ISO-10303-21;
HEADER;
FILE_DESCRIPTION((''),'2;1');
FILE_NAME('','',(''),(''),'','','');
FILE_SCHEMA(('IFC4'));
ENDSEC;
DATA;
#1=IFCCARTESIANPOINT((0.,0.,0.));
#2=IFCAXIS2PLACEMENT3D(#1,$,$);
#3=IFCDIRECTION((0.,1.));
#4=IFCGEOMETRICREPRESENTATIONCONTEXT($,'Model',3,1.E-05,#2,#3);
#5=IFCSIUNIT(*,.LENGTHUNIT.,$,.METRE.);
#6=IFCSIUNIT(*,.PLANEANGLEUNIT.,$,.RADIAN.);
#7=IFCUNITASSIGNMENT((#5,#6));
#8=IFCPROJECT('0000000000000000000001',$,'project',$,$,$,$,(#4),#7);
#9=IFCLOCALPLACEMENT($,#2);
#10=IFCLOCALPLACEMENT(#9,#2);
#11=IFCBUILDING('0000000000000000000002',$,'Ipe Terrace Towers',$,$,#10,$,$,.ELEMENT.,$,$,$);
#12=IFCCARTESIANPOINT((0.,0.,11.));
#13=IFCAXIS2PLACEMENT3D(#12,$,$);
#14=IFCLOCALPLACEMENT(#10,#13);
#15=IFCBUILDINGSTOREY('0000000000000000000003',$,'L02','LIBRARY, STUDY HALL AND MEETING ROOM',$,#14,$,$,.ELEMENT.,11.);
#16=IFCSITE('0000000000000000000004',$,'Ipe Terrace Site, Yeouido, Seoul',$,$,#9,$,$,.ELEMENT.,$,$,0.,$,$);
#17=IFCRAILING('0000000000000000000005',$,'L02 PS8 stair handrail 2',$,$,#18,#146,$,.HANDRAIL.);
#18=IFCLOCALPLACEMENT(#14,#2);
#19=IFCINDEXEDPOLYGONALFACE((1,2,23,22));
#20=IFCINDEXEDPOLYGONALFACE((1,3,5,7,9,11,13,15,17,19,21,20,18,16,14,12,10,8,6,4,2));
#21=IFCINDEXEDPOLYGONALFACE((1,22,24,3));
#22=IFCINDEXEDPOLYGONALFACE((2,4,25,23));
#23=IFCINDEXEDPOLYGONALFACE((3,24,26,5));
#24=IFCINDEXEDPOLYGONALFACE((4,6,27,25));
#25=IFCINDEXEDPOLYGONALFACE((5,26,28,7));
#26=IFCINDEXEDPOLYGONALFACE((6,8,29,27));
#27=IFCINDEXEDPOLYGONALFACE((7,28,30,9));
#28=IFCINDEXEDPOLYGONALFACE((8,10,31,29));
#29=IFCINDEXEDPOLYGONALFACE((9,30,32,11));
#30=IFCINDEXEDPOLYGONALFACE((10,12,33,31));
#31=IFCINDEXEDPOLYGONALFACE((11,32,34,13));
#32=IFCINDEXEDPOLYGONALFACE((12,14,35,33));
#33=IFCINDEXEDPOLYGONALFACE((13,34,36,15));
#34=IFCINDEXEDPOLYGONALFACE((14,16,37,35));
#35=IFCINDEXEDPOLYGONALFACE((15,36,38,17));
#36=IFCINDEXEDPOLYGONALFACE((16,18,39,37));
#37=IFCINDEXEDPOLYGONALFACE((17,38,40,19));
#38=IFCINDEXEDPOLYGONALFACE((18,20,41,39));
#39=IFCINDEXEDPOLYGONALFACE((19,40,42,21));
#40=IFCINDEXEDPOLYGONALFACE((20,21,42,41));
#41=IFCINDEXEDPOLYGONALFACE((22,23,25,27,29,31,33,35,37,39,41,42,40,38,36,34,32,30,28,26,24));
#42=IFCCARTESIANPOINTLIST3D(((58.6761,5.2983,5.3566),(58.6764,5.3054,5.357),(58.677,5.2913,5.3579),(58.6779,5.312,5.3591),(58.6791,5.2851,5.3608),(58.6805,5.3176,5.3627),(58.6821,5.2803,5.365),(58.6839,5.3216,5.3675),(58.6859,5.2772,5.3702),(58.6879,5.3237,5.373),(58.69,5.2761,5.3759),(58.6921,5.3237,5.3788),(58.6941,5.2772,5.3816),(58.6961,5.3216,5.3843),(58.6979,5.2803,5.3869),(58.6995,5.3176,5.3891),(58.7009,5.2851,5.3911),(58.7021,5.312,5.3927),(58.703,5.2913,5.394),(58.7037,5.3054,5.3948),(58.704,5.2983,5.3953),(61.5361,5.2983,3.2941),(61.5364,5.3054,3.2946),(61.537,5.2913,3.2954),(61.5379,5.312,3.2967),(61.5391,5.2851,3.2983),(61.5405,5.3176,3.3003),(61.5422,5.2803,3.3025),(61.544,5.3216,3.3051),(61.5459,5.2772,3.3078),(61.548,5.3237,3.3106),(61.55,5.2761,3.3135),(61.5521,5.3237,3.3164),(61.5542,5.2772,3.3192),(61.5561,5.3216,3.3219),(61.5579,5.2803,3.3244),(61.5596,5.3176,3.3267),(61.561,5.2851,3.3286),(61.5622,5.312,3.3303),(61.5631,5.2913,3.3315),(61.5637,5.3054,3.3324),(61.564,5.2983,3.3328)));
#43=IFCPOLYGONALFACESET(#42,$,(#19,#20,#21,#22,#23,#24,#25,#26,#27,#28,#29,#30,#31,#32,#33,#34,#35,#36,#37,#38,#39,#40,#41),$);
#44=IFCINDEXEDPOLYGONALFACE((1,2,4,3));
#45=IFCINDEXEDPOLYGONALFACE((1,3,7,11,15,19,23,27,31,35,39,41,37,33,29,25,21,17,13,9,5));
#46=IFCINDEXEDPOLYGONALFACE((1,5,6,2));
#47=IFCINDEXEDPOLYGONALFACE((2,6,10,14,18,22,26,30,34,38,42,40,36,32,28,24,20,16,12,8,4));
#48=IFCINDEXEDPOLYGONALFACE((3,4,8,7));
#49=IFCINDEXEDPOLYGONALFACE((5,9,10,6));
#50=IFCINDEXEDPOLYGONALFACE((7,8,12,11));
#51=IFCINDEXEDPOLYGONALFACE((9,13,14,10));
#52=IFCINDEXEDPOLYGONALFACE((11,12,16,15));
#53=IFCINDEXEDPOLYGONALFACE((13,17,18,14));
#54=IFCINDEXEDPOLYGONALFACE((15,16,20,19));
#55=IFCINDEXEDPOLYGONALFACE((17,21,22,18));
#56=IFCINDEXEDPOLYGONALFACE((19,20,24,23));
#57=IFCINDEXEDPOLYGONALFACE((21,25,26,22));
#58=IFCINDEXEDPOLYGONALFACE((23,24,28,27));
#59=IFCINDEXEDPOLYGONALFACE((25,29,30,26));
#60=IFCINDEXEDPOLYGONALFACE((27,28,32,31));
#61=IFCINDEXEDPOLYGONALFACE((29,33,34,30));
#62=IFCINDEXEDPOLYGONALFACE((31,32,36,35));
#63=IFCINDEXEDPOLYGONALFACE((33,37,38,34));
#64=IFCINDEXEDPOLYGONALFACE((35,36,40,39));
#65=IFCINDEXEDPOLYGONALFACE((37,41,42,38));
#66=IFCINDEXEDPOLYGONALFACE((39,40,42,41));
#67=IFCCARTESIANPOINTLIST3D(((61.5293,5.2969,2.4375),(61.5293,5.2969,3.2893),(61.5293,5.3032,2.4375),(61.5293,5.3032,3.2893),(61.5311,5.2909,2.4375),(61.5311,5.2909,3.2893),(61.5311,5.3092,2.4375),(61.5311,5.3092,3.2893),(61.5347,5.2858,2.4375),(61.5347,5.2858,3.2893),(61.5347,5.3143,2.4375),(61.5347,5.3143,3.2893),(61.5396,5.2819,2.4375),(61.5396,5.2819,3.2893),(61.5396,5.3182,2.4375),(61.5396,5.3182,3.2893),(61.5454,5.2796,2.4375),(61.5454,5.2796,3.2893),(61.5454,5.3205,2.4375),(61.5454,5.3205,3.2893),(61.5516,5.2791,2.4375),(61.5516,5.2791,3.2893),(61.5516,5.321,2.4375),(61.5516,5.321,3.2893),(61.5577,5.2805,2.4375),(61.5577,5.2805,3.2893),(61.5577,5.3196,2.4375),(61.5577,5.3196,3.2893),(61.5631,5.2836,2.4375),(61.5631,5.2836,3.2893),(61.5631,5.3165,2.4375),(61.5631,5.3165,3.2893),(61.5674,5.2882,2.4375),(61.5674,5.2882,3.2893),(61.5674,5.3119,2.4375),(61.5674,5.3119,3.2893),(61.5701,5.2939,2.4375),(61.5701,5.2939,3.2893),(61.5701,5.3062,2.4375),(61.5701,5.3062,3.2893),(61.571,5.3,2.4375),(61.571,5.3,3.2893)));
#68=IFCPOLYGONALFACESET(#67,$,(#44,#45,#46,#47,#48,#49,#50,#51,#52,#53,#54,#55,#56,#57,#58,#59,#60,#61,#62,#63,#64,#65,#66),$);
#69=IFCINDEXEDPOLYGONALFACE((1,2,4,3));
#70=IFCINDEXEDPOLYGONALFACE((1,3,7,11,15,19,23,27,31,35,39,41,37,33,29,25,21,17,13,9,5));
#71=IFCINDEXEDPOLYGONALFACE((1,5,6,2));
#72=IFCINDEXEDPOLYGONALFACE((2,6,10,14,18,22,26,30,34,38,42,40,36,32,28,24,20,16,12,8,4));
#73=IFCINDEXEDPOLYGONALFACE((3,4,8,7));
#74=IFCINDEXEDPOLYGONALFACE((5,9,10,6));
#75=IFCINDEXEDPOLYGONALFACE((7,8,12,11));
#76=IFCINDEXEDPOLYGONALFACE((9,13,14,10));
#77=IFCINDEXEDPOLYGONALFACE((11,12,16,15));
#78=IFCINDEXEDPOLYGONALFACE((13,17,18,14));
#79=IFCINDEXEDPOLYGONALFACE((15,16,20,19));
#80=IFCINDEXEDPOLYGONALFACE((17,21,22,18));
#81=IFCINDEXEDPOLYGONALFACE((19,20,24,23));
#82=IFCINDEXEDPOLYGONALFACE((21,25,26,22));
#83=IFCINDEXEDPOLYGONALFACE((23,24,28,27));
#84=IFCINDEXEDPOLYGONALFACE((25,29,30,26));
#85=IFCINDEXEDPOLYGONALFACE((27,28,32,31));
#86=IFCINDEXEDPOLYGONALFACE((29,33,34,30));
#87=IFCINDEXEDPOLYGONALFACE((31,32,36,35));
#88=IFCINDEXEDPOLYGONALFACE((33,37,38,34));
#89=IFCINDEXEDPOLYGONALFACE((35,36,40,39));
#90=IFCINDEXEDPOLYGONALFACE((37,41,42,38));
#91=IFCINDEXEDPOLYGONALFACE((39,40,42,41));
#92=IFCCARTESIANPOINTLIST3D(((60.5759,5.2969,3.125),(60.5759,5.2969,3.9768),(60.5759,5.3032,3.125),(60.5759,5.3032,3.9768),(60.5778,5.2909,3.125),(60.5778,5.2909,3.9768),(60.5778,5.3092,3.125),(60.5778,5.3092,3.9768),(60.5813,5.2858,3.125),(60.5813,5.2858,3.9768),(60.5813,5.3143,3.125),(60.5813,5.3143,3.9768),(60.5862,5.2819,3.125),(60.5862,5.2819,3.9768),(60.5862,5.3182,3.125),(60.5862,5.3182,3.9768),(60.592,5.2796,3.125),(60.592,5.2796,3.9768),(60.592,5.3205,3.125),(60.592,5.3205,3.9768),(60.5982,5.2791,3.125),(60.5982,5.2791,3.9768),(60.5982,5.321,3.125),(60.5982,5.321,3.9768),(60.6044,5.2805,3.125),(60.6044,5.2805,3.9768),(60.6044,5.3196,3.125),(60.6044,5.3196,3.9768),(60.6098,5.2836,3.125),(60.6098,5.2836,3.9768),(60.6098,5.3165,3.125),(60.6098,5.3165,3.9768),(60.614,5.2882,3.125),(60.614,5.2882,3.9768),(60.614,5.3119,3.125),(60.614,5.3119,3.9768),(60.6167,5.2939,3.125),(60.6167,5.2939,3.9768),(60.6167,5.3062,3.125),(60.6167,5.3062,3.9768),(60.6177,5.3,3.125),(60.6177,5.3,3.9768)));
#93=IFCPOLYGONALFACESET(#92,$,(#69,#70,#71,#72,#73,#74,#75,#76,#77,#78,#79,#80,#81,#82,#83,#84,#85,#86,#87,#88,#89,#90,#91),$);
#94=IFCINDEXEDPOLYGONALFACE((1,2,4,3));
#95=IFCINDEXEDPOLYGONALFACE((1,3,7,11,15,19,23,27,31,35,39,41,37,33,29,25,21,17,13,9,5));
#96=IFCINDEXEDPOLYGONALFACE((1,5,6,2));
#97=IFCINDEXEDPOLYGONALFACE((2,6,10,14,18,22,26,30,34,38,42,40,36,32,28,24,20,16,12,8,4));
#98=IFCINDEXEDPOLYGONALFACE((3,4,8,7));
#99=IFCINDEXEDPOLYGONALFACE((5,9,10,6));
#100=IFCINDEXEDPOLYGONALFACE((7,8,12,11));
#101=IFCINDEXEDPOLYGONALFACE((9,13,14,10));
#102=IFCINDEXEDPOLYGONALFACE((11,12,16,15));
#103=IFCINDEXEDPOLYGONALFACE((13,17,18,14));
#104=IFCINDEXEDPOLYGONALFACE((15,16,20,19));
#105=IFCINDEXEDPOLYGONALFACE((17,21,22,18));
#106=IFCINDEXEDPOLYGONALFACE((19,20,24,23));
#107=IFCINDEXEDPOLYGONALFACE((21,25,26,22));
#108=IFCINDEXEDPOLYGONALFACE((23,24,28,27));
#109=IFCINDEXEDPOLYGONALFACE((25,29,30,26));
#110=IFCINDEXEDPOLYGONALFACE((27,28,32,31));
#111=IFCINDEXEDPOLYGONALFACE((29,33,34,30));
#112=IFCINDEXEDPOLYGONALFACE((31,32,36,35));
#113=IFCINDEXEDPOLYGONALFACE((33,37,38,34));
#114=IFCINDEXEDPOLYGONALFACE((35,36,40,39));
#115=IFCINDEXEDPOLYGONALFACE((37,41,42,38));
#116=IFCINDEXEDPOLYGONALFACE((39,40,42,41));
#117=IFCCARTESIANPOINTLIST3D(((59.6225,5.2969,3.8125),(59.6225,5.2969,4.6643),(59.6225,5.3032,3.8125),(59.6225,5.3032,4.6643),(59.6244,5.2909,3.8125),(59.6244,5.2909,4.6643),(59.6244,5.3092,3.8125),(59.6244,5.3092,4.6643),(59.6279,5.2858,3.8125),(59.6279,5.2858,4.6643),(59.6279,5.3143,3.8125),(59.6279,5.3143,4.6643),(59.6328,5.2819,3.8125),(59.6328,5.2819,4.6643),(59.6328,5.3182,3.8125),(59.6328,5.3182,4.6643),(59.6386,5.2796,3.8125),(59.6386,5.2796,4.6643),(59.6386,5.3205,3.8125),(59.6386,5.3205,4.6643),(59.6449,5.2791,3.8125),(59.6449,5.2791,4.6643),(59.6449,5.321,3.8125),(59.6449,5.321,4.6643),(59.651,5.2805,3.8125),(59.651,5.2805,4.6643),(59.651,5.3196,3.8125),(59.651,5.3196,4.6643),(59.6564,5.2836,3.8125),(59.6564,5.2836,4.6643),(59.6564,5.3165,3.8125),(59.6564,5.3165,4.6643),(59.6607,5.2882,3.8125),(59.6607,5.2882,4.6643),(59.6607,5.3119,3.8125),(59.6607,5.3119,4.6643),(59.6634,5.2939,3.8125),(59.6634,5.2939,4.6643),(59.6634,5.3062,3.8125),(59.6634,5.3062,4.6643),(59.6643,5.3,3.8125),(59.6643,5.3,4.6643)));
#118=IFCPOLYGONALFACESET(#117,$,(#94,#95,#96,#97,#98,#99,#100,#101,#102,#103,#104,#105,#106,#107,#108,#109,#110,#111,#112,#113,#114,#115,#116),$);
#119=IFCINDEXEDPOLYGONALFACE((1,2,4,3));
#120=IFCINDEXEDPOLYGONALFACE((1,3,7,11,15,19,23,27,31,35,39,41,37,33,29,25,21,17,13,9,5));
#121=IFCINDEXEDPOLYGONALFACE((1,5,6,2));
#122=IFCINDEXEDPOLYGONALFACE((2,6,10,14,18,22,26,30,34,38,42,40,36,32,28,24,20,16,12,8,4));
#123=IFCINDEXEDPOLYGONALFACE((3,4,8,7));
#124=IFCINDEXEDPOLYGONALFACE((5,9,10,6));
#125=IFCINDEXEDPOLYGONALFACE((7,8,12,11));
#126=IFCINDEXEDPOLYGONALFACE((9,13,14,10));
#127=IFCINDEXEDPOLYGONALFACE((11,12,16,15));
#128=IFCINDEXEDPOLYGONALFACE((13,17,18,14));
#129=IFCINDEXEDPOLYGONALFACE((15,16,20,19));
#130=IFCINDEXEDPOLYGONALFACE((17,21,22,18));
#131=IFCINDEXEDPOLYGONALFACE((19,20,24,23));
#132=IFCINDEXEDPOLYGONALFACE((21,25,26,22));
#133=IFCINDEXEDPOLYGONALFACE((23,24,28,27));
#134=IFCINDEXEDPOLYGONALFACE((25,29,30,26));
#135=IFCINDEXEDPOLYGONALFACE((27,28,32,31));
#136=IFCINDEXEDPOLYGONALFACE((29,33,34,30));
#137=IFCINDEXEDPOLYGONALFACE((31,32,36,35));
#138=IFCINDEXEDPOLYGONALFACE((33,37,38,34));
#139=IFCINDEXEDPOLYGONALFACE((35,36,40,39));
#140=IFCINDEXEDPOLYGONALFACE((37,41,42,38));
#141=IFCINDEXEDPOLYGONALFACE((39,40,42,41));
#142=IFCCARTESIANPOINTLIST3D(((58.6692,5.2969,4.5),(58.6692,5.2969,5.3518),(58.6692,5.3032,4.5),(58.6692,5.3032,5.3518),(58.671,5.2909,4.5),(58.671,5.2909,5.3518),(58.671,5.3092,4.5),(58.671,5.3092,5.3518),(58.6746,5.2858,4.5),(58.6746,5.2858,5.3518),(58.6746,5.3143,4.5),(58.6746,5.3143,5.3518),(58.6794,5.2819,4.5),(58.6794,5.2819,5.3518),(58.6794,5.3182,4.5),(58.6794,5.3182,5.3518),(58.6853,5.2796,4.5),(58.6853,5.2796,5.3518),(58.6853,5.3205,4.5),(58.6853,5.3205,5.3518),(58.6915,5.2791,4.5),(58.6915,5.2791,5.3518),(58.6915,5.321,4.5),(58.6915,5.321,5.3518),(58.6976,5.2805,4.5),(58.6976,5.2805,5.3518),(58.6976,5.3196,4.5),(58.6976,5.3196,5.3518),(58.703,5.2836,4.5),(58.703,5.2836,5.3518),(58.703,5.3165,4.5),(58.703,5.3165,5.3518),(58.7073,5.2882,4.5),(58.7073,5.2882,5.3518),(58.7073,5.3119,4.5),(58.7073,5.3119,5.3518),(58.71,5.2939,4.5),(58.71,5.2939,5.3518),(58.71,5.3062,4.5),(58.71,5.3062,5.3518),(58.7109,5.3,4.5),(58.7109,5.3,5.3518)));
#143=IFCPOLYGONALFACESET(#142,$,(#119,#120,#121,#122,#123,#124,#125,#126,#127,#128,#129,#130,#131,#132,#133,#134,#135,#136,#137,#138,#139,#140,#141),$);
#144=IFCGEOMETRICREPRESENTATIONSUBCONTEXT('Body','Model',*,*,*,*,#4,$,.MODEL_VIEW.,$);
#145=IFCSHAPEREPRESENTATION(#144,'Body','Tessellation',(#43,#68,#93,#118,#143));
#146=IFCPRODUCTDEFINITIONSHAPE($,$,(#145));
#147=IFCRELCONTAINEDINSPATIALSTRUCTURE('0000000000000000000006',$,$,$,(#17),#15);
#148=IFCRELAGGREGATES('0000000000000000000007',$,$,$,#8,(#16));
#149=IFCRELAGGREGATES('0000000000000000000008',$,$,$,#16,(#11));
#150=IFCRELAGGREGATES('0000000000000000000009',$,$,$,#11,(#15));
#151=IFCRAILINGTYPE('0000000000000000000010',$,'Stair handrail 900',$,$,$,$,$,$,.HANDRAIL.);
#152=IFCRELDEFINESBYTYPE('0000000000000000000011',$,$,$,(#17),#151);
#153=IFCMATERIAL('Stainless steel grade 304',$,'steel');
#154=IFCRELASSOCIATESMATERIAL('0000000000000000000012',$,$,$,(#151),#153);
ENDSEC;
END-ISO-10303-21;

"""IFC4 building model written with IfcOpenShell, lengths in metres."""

from ifc_helpers import new_model, si_unit, direction, frame, origin, origin_2d, place, context, subcontext, project, spatial, circle, extrude, material, type_object, element, save


model = new_model("IFC4")

# Units and contexts
model_context = context("Model", 3, precision=1e-05, world=origin(), true_north=direction((0.0, 1.0)))
body_context = subcontext(model_context, "Body", "Model", "MODEL_VIEW")
ifc_project = project(units=[si_unit("LENGTHUNIT", "METRE"), si_unit("PLANEANGLEUNIT", "RADIAN")], contexts=[model_context])

# Site, building, storey
site_placement = place(None, origin())
site = spatial("IfcSite", under=ifc_project, at=site_placement, Name="Ipe Terrace Site, Yeouido, Seoul", CompositionType="ELEMENT", RefElevation=0.0)
building_placement = place(site_placement, origin())
building = spatial("IfcBuilding", under=site, at=building_placement, Name="Ipe Terrace Towers", CompositionType="ELEMENT")
storey_placement = place(building_placement, frame((0.0, 0.0, 11.0)))
storey = spatial("IfcBuildingStorey", under=building, at=storey_placement, Name="L02", Description="LIBRARY, STUDY HALL AND MEETING ROOM", CompositionType="ELEMENT", Elevation=11.0)

# Railing
ifc_material_1 = material(Name="Stainless steel grade 304", Category="steel")
railing_type_1 = type_object("IfcRailingType", Name="Stair handrail 900", PredefinedType="HANDRAIL", material=ifc_material_1)
railing_1_placement = place(storey_placement, frame((61.55, 5.3, 2.4375)))
element("IfcRailing", 1, at=railing_1_placement, inside=storey, type_object=railing_type_1, Name="L02 PS8 stair handrail 2", PredefinedType="HANDRAIL", context=body_context, shape_type="SweptSolid", body=[
    extrude(circle(Radius=0.0239, at=origin_2d()), frame((0.0, 0.0, 0.876), z_axis=(-0.811101, 0.0, 0.584906), x_axis=(0.0, -1.0, 0.0)), (0.0, 0.0, 1.0), 3.5261),
    extrude(circle(Radius=0.021, at=origin_2d()), origin(), (0.0, 0.0, 1.0), 0.8518),
    extrude(circle(Radius=0.021, at=origin_2d()), frame((-0.9534, 0.0, 0.6875)), (0.0, 0.0, 1.0), 0.8518),
    extrude(circle(Radius=0.021, at=origin_2d()), frame((-1.9067, 0.0, 1.375)), (0.0, 0.0, 1.0), 0.8518),
    extrude(circle(Radius=0.021, at=origin_2d()), frame((-2.8601, 0.0, 2.0625)), (0.0, 0.0, 1.0), 0.8518),
])

save(model, "model.ifc")
